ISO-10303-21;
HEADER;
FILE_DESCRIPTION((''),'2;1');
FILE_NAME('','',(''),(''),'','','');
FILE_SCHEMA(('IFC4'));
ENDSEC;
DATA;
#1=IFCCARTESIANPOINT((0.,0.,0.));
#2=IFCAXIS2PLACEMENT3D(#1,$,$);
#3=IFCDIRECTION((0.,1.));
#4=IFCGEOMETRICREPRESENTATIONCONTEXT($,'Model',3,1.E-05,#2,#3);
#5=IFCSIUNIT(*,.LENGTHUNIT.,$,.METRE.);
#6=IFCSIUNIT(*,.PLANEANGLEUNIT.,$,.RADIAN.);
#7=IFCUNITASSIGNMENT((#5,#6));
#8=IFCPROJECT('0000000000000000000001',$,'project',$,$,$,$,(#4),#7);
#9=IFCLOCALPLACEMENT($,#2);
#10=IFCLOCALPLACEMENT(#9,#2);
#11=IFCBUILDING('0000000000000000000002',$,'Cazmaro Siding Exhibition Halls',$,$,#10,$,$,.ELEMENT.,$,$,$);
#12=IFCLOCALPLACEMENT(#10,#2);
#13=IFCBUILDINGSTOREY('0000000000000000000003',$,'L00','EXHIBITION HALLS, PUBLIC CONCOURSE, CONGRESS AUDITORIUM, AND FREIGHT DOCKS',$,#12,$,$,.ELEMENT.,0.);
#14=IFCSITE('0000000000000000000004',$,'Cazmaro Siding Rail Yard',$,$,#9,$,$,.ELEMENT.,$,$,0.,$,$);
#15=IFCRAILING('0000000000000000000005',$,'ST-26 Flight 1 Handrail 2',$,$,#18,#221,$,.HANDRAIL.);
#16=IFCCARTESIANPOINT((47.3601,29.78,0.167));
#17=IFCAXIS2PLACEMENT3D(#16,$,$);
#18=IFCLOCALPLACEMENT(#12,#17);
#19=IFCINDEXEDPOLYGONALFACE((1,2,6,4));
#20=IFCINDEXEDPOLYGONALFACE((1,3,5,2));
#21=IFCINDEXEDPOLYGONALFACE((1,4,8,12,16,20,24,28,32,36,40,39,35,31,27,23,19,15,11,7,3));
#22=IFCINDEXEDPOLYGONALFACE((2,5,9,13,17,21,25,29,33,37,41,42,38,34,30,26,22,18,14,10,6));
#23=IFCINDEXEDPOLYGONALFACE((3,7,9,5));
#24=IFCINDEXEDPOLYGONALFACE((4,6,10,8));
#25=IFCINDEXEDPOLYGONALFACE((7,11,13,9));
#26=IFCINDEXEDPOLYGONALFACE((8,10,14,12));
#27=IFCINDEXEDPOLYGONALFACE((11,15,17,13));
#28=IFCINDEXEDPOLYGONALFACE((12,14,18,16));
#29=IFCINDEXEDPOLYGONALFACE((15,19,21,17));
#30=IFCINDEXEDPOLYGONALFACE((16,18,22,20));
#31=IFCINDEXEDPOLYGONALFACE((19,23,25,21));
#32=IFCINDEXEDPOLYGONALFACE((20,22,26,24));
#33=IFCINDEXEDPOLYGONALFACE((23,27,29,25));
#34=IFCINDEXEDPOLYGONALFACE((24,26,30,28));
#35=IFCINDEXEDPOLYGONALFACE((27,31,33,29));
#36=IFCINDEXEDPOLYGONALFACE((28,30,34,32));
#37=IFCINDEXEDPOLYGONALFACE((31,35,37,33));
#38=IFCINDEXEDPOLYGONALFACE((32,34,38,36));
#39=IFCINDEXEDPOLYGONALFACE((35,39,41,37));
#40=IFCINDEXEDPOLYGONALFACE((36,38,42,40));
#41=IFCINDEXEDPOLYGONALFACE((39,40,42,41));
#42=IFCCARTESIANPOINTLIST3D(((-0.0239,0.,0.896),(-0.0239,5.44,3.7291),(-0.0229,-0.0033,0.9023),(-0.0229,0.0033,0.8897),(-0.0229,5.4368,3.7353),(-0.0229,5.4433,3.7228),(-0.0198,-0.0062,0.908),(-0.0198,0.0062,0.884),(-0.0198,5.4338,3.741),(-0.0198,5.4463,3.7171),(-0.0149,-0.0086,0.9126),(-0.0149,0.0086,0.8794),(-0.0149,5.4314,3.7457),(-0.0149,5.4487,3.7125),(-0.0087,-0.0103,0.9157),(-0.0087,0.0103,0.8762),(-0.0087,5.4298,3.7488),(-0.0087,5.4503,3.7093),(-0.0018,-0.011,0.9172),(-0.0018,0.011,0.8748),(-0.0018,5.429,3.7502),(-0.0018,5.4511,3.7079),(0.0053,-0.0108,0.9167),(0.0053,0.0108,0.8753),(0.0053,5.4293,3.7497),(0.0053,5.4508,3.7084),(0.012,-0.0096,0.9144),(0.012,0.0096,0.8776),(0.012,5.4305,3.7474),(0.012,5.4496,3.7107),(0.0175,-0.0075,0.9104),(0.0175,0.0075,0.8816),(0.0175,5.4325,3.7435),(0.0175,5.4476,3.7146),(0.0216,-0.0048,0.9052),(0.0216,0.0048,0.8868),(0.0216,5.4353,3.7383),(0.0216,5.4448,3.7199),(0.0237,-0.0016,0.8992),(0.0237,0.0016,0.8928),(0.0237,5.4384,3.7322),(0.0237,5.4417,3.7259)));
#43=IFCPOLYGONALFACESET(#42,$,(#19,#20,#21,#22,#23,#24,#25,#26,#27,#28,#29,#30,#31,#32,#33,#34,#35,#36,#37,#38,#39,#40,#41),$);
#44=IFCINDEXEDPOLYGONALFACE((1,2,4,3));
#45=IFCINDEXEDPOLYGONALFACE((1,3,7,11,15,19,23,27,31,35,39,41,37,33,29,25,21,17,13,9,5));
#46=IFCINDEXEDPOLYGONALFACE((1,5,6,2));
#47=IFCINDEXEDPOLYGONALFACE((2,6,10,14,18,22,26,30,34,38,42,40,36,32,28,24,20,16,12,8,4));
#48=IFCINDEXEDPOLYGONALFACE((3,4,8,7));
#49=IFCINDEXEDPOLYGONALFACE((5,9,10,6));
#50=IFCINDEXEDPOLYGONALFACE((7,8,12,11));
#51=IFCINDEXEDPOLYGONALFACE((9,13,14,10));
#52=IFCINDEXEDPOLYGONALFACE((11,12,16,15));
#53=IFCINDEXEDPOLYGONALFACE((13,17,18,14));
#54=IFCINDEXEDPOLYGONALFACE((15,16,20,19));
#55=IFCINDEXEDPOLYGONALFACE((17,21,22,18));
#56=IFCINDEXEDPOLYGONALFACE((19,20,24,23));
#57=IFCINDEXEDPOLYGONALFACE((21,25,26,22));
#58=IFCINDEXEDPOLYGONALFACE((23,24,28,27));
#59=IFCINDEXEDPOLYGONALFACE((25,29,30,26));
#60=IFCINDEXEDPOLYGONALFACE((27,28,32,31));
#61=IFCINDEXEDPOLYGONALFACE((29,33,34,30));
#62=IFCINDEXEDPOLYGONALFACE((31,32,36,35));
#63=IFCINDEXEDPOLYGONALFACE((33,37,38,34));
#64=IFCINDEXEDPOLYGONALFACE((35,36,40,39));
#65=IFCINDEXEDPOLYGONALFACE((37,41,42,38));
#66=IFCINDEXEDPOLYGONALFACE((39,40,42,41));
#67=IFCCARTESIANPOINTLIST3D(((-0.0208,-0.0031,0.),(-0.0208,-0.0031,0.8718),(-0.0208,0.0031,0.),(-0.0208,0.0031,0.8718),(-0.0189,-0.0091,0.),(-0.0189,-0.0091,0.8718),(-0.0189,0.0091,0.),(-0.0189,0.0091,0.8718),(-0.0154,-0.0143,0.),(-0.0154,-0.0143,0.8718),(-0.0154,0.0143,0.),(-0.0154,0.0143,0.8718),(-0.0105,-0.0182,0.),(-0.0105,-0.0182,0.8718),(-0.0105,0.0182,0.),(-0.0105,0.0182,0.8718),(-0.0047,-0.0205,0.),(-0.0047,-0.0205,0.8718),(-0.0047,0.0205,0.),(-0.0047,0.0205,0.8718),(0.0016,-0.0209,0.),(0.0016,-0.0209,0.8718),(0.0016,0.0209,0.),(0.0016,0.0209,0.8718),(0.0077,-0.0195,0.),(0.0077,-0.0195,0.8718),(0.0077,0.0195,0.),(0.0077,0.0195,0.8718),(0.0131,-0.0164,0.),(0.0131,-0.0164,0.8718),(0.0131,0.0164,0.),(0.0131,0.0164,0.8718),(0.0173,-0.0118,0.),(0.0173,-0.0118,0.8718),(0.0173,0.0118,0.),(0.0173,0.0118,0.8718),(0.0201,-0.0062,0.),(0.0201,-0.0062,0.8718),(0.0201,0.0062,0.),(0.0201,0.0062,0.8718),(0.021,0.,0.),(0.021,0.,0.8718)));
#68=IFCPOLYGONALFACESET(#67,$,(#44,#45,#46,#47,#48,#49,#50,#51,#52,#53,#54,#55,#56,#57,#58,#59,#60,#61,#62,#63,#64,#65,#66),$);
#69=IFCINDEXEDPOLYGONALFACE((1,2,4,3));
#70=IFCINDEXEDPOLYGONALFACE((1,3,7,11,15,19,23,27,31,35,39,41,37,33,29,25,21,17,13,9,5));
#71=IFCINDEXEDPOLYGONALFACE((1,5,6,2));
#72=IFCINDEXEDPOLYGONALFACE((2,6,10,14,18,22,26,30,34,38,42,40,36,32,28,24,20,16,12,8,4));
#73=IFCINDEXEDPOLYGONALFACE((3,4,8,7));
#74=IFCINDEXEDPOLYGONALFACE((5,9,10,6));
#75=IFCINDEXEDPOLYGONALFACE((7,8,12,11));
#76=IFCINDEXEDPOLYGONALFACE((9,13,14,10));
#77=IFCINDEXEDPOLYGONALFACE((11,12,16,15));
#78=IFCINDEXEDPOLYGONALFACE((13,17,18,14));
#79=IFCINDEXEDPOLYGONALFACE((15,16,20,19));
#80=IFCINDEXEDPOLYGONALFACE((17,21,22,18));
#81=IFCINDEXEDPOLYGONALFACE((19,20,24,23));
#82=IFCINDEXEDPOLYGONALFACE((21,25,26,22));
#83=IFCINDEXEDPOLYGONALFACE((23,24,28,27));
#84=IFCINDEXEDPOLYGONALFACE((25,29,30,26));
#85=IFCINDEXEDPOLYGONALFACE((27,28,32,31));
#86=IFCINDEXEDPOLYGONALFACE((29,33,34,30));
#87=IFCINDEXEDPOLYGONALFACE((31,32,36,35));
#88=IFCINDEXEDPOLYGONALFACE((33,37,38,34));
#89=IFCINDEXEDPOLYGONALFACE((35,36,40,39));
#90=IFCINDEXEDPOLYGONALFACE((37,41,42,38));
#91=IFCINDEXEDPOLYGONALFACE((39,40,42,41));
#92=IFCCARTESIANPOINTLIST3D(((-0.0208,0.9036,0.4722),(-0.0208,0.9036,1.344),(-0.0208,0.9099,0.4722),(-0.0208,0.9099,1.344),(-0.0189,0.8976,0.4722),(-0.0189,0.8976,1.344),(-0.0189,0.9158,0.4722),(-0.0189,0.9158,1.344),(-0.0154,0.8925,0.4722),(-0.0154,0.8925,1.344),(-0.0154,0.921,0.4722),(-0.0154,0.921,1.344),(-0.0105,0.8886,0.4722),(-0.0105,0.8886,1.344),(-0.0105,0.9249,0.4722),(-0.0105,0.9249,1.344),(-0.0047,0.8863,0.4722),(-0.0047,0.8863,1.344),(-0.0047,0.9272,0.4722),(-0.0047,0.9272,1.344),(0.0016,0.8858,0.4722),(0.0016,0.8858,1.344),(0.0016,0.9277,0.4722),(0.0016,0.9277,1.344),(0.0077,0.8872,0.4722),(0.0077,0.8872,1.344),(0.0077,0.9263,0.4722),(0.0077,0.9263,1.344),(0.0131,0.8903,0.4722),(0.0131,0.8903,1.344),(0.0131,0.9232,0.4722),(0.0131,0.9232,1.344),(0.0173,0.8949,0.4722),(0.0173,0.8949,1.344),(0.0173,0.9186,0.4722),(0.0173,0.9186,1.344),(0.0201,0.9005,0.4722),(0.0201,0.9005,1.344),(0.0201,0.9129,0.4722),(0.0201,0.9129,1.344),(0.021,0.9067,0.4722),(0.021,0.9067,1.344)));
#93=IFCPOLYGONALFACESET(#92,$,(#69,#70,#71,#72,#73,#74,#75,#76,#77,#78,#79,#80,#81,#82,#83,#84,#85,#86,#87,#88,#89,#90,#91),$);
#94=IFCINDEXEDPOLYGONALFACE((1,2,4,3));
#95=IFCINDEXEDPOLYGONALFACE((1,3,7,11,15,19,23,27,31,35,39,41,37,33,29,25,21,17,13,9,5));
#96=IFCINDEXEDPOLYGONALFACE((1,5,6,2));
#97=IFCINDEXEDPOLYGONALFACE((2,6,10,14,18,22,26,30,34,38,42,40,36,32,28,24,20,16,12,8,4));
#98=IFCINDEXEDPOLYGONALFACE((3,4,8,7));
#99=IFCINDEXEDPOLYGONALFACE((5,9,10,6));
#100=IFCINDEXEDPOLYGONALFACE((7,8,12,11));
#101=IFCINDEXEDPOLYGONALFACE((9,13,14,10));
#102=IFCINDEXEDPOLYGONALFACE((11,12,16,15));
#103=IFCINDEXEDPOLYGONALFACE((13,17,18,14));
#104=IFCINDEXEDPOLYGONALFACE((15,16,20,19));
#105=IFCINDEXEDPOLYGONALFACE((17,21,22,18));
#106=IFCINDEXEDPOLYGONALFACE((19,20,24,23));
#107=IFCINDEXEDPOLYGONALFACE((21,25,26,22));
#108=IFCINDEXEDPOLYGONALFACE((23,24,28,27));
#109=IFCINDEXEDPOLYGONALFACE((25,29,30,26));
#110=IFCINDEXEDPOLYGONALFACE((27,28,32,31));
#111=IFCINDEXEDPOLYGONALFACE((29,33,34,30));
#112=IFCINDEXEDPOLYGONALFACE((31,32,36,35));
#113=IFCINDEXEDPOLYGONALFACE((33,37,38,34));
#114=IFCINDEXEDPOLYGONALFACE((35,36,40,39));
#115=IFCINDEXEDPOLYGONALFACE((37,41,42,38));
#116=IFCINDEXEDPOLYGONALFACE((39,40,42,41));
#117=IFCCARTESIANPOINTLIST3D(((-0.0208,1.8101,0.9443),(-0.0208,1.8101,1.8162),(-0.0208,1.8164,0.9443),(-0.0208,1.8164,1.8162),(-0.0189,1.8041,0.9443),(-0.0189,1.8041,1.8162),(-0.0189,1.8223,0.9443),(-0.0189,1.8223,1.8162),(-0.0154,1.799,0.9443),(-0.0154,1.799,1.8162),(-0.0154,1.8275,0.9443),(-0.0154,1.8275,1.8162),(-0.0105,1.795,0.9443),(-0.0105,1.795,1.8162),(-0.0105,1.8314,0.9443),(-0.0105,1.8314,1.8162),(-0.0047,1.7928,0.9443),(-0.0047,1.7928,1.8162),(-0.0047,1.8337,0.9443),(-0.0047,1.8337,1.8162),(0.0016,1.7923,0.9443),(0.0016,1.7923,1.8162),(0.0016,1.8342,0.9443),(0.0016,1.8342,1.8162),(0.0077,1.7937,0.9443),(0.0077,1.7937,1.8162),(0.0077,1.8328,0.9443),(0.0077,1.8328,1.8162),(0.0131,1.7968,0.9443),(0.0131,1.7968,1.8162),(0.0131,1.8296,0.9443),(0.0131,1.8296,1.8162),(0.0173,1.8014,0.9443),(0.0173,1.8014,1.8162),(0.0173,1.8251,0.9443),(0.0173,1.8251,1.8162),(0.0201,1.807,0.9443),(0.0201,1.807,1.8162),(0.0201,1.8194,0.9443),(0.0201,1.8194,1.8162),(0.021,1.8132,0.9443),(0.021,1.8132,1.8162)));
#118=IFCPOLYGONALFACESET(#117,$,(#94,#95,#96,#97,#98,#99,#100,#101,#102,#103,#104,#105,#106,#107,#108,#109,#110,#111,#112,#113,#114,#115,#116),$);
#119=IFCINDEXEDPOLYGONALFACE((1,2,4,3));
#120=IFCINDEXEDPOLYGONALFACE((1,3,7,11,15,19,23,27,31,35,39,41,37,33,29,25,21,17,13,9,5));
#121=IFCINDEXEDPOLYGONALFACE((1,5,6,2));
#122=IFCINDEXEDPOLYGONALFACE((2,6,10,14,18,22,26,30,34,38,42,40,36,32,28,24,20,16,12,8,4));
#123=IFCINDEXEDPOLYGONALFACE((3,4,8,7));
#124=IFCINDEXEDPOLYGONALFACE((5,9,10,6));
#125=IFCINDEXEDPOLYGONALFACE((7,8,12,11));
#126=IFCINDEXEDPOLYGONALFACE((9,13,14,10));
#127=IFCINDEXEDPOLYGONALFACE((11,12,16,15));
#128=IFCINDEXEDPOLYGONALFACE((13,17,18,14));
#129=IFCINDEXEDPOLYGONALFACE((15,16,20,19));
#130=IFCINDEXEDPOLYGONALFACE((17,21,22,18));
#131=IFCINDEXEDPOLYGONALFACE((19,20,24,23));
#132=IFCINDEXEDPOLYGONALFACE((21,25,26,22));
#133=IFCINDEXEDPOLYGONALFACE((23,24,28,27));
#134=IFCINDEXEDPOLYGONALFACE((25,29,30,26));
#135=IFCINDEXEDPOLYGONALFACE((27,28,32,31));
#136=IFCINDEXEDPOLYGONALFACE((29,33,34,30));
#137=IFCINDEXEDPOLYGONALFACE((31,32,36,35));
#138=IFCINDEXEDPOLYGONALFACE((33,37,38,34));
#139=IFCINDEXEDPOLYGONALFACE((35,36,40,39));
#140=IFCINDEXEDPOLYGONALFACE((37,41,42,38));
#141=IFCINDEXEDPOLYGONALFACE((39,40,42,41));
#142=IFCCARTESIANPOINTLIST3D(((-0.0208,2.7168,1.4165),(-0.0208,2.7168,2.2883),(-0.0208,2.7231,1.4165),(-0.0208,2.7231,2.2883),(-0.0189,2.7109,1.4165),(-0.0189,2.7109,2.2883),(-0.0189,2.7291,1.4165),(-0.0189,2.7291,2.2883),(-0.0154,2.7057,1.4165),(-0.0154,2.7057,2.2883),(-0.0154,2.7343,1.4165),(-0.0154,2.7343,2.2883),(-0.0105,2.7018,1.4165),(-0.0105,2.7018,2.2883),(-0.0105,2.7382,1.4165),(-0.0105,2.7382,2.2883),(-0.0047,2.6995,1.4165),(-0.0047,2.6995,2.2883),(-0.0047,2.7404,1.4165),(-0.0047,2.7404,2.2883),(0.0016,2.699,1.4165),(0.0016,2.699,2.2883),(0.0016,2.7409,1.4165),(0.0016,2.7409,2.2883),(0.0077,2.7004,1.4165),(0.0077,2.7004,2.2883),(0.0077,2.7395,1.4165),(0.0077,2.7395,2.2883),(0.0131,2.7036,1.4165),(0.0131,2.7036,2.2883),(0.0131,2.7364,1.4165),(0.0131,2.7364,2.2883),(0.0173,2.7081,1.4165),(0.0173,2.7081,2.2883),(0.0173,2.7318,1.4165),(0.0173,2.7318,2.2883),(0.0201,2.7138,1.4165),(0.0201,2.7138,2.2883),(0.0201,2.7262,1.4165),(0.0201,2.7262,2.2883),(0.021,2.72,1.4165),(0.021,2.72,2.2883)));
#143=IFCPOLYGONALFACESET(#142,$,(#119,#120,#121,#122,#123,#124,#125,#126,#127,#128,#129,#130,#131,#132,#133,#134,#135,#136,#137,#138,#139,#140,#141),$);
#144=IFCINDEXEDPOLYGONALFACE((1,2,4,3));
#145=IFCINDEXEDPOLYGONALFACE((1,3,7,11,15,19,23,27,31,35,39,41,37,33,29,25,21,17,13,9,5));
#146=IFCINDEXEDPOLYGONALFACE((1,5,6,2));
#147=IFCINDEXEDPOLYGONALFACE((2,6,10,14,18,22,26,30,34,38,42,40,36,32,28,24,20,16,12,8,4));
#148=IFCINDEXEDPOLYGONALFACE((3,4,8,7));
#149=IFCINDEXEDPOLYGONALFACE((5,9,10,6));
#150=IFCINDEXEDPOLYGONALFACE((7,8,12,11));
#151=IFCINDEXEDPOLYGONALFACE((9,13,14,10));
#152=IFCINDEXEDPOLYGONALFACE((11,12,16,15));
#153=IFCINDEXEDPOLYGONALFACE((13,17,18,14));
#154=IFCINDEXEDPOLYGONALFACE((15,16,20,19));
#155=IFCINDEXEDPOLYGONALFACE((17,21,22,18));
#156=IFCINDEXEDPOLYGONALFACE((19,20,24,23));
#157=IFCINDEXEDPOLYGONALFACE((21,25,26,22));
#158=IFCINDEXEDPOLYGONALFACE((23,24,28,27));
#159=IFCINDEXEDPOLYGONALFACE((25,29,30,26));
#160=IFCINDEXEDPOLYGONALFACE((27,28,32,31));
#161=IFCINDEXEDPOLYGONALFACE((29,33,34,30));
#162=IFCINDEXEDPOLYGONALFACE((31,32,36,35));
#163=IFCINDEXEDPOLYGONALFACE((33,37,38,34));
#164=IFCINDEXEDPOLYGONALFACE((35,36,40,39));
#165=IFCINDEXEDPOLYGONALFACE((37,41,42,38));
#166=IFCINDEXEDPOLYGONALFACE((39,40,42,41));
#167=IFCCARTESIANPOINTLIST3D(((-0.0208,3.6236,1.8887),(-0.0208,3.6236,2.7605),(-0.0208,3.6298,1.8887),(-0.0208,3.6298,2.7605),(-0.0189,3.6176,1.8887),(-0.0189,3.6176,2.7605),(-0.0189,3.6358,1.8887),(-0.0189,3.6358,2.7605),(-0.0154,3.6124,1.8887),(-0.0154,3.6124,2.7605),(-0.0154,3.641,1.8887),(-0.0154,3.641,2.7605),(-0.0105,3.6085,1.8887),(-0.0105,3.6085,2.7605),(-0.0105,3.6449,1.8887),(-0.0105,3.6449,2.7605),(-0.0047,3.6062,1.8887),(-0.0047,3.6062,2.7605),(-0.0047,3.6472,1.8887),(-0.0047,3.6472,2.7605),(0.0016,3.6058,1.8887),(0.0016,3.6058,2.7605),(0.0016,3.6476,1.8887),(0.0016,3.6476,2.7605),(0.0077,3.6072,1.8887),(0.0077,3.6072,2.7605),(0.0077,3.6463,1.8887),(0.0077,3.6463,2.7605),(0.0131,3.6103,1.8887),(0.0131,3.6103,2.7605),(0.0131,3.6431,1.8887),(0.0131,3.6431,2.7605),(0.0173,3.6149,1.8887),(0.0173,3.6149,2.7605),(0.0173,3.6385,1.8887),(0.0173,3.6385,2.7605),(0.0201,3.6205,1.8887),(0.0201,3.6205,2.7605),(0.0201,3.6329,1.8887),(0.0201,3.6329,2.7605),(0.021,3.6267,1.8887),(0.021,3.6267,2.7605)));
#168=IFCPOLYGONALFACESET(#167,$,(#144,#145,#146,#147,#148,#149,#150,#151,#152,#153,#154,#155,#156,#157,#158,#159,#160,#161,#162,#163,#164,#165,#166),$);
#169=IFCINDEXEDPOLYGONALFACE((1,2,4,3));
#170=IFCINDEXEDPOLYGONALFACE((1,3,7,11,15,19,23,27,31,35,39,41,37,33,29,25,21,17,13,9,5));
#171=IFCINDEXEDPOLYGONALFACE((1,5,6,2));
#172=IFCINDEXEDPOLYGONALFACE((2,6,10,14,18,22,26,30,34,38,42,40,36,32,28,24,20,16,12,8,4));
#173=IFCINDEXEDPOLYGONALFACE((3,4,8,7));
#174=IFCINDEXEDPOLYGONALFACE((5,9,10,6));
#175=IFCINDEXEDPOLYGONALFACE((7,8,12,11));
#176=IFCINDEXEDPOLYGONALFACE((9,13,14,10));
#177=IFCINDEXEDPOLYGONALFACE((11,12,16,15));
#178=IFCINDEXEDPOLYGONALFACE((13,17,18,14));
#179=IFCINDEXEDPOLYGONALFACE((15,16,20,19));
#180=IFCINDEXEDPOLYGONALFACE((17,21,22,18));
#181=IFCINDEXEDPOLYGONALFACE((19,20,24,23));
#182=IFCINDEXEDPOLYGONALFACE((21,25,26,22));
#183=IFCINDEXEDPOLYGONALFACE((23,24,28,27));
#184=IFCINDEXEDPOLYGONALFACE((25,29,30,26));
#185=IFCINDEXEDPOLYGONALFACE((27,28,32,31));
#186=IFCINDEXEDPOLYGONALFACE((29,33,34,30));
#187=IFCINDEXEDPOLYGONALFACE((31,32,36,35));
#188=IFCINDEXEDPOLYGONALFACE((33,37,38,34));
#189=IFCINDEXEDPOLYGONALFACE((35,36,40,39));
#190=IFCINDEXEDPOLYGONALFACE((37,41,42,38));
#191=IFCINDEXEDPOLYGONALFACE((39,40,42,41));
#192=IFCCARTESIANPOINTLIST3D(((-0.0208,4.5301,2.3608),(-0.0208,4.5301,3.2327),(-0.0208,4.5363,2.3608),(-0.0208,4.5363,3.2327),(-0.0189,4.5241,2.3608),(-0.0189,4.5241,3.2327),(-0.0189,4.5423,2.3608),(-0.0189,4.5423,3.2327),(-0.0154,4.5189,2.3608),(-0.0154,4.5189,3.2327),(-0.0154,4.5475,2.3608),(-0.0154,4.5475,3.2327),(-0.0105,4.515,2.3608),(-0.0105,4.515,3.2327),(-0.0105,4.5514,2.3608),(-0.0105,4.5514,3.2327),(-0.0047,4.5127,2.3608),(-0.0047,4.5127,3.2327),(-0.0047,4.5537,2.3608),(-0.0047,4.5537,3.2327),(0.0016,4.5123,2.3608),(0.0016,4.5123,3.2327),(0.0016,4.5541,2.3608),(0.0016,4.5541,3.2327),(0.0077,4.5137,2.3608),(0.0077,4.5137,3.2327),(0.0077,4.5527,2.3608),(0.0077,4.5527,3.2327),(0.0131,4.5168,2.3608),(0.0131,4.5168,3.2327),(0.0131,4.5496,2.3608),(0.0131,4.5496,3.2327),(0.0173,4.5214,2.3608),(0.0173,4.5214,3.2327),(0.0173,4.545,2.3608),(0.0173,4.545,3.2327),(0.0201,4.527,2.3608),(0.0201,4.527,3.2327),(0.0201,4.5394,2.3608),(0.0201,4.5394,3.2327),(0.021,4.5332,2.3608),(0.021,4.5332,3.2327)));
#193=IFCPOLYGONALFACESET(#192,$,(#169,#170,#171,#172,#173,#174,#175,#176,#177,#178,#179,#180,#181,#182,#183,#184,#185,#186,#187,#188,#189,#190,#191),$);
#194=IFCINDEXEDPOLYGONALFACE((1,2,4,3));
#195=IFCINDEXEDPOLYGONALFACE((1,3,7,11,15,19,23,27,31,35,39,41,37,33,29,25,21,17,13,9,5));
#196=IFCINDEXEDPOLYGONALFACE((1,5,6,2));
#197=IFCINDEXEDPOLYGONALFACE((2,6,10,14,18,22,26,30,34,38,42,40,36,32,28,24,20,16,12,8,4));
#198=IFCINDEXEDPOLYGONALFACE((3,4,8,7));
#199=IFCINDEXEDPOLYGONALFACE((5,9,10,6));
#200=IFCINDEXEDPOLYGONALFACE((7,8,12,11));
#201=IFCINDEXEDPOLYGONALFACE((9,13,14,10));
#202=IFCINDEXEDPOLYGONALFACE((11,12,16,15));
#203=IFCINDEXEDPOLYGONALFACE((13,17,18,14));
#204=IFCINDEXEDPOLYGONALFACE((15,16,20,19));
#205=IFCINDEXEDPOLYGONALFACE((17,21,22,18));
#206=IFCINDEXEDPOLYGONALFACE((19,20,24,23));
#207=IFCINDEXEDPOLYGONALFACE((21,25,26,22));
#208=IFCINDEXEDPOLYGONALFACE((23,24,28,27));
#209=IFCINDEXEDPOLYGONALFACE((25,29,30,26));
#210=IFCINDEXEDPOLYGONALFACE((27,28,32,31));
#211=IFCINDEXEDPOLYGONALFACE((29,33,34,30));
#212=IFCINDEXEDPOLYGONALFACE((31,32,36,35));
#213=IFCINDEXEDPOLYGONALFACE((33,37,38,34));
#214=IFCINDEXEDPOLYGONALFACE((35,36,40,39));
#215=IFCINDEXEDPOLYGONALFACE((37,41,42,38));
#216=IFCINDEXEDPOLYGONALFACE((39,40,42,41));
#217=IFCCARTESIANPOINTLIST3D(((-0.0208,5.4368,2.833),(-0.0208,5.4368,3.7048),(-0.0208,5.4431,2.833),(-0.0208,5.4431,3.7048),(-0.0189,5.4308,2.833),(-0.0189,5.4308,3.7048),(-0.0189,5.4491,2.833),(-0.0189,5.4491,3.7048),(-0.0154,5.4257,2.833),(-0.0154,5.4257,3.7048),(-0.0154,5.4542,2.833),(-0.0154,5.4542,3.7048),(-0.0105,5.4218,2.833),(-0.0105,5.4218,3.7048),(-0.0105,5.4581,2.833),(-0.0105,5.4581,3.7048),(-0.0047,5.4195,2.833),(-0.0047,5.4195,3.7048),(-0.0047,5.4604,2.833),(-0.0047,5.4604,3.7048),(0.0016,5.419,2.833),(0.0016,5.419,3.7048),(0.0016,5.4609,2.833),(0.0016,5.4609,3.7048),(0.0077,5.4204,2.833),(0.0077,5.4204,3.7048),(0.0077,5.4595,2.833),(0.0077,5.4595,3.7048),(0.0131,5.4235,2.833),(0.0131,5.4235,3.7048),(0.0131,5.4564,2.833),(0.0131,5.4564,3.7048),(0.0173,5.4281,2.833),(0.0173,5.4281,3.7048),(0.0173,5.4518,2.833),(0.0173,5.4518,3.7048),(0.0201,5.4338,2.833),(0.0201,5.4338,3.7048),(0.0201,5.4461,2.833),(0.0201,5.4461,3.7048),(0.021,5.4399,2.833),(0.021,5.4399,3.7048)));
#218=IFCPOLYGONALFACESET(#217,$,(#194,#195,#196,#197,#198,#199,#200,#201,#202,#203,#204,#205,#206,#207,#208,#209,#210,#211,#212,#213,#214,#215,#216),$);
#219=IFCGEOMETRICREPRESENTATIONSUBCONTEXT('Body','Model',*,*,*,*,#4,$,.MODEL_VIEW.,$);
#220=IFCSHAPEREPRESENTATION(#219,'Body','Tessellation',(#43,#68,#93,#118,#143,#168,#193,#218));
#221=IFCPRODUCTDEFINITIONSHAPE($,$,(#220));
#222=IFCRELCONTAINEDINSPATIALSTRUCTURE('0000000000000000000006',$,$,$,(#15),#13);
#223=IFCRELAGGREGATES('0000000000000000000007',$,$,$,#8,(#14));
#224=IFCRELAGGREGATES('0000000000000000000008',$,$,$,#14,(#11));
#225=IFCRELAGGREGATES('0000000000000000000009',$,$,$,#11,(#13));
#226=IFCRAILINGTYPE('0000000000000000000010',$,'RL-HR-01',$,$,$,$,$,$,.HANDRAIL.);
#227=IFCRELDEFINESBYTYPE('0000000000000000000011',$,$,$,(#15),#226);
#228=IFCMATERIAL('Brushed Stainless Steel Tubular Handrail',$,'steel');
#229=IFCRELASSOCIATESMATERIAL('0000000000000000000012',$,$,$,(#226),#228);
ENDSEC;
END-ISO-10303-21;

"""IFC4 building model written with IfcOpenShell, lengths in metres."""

from ifc_helpers import new_model, si_unit, direction, frame, origin, origin_2d, place, context, subcontext, project, spatial, circle, extrude, material, type_object, element, save


model = new_model("IFC4")

# Units and contexts
model_context = context("Model", 3, precision=1e-05, world=origin(), true_north=direction((0.0, 1.0)))
body_context = subcontext(model_context, "Body", "Model", "MODEL_VIEW")
ifc_project = project(units=[si_unit("LENGTHUNIT", "METRE"), si_unit("PLANEANGLEUNIT", "RADIAN")], contexts=[model_context])

# Site, building, storey
site_placement = place(None, origin())
site = spatial("IfcSite", under=ifc_project, at=site_placement, Name="Cazmaro Siding Rail Yard", CompositionType="ELEMENT", RefElevation=0.0)
building_placement = place(site_placement, origin())
building = spatial("IfcBuilding", under=site, at=building_placement, Name="Cazmaro Siding Exhibition Halls", CompositionType="ELEMENT")
storey_placement = place(building_placement, origin())
storey = spatial("IfcBuildingStorey", under=building, at=storey_placement, Name="L00", Description="EXHIBITION HALLS, PUBLIC CONCOURSE, CONGRESS AUDITORIUM, AND FREIGHT DOCKS", CompositionType="ELEMENT", Elevation=0.0)

# Railing
ifc_material_1 = material(Name="Brushed Stainless Steel Tubular Handrail", Category="steel")
railing_type_1 = type_object("IfcRailingType", Name="RL-HR-01", PredefinedType="HANDRAIL", material=ifc_material_1)
railing_1_placement = place(storey_placement, frame((47.3601, 29.78, 0.167)))
element("IfcRailing", 1, at=railing_1_placement, inside=storey, type_object=railing_type_1, Name="ST-26 Flight 1 Handrail 2", PredefinedType="HANDRAIL", context=body_context, shape_type="SweptSolid", body=[
    extrude(circle(Radius=0.0239, at=origin_2d()), frame((0.0, 0.0, 0.896), z_axis=(0.0, 0.886934, 0.461897), x_axis=(-1.0, 0.0, 0.0)), (0.0, 0.0, 1.0), 6.1335),
    extrude(circle(Radius=0.021, at=origin_2d()), origin(), (0.0, 0.0, 1.0), 0.8718),
    extrude(circle(Radius=0.021, at=origin_2d()), frame((0.0, 0.9067, 0.4722)), (0.0, 0.0, 1.0), 0.8718),
    extrude(circle(Radius=0.021, at=origin_2d()), frame((0.0, 1.8132, 0.9443)), (0.0, 0.0, 1.0), 0.8718),
    extrude(circle(Radius=0.021, at=origin_2d()), frame((0.0, 2.72, 1.4165)), (0.0, 0.0, 1.0), 0.8718),
    extrude(circle(Radius=0.021, at=origin_2d()), frame((0.0, 3.6267, 1.8887)), (0.0, 0.0, 1.0), 0.8718),
    extrude(circle(Radius=0.021, at=origin_2d()), frame((0.0, 4.5332, 2.3608)), (0.0, 0.0, 1.0), 0.8718),
    extrude(circle(Radius=0.021, at=origin_2d()), frame((0.0, 5.4399, 2.833)), (0.0, 0.0, 1.0), 0.8718),
])

save(model, "model.ifc")
